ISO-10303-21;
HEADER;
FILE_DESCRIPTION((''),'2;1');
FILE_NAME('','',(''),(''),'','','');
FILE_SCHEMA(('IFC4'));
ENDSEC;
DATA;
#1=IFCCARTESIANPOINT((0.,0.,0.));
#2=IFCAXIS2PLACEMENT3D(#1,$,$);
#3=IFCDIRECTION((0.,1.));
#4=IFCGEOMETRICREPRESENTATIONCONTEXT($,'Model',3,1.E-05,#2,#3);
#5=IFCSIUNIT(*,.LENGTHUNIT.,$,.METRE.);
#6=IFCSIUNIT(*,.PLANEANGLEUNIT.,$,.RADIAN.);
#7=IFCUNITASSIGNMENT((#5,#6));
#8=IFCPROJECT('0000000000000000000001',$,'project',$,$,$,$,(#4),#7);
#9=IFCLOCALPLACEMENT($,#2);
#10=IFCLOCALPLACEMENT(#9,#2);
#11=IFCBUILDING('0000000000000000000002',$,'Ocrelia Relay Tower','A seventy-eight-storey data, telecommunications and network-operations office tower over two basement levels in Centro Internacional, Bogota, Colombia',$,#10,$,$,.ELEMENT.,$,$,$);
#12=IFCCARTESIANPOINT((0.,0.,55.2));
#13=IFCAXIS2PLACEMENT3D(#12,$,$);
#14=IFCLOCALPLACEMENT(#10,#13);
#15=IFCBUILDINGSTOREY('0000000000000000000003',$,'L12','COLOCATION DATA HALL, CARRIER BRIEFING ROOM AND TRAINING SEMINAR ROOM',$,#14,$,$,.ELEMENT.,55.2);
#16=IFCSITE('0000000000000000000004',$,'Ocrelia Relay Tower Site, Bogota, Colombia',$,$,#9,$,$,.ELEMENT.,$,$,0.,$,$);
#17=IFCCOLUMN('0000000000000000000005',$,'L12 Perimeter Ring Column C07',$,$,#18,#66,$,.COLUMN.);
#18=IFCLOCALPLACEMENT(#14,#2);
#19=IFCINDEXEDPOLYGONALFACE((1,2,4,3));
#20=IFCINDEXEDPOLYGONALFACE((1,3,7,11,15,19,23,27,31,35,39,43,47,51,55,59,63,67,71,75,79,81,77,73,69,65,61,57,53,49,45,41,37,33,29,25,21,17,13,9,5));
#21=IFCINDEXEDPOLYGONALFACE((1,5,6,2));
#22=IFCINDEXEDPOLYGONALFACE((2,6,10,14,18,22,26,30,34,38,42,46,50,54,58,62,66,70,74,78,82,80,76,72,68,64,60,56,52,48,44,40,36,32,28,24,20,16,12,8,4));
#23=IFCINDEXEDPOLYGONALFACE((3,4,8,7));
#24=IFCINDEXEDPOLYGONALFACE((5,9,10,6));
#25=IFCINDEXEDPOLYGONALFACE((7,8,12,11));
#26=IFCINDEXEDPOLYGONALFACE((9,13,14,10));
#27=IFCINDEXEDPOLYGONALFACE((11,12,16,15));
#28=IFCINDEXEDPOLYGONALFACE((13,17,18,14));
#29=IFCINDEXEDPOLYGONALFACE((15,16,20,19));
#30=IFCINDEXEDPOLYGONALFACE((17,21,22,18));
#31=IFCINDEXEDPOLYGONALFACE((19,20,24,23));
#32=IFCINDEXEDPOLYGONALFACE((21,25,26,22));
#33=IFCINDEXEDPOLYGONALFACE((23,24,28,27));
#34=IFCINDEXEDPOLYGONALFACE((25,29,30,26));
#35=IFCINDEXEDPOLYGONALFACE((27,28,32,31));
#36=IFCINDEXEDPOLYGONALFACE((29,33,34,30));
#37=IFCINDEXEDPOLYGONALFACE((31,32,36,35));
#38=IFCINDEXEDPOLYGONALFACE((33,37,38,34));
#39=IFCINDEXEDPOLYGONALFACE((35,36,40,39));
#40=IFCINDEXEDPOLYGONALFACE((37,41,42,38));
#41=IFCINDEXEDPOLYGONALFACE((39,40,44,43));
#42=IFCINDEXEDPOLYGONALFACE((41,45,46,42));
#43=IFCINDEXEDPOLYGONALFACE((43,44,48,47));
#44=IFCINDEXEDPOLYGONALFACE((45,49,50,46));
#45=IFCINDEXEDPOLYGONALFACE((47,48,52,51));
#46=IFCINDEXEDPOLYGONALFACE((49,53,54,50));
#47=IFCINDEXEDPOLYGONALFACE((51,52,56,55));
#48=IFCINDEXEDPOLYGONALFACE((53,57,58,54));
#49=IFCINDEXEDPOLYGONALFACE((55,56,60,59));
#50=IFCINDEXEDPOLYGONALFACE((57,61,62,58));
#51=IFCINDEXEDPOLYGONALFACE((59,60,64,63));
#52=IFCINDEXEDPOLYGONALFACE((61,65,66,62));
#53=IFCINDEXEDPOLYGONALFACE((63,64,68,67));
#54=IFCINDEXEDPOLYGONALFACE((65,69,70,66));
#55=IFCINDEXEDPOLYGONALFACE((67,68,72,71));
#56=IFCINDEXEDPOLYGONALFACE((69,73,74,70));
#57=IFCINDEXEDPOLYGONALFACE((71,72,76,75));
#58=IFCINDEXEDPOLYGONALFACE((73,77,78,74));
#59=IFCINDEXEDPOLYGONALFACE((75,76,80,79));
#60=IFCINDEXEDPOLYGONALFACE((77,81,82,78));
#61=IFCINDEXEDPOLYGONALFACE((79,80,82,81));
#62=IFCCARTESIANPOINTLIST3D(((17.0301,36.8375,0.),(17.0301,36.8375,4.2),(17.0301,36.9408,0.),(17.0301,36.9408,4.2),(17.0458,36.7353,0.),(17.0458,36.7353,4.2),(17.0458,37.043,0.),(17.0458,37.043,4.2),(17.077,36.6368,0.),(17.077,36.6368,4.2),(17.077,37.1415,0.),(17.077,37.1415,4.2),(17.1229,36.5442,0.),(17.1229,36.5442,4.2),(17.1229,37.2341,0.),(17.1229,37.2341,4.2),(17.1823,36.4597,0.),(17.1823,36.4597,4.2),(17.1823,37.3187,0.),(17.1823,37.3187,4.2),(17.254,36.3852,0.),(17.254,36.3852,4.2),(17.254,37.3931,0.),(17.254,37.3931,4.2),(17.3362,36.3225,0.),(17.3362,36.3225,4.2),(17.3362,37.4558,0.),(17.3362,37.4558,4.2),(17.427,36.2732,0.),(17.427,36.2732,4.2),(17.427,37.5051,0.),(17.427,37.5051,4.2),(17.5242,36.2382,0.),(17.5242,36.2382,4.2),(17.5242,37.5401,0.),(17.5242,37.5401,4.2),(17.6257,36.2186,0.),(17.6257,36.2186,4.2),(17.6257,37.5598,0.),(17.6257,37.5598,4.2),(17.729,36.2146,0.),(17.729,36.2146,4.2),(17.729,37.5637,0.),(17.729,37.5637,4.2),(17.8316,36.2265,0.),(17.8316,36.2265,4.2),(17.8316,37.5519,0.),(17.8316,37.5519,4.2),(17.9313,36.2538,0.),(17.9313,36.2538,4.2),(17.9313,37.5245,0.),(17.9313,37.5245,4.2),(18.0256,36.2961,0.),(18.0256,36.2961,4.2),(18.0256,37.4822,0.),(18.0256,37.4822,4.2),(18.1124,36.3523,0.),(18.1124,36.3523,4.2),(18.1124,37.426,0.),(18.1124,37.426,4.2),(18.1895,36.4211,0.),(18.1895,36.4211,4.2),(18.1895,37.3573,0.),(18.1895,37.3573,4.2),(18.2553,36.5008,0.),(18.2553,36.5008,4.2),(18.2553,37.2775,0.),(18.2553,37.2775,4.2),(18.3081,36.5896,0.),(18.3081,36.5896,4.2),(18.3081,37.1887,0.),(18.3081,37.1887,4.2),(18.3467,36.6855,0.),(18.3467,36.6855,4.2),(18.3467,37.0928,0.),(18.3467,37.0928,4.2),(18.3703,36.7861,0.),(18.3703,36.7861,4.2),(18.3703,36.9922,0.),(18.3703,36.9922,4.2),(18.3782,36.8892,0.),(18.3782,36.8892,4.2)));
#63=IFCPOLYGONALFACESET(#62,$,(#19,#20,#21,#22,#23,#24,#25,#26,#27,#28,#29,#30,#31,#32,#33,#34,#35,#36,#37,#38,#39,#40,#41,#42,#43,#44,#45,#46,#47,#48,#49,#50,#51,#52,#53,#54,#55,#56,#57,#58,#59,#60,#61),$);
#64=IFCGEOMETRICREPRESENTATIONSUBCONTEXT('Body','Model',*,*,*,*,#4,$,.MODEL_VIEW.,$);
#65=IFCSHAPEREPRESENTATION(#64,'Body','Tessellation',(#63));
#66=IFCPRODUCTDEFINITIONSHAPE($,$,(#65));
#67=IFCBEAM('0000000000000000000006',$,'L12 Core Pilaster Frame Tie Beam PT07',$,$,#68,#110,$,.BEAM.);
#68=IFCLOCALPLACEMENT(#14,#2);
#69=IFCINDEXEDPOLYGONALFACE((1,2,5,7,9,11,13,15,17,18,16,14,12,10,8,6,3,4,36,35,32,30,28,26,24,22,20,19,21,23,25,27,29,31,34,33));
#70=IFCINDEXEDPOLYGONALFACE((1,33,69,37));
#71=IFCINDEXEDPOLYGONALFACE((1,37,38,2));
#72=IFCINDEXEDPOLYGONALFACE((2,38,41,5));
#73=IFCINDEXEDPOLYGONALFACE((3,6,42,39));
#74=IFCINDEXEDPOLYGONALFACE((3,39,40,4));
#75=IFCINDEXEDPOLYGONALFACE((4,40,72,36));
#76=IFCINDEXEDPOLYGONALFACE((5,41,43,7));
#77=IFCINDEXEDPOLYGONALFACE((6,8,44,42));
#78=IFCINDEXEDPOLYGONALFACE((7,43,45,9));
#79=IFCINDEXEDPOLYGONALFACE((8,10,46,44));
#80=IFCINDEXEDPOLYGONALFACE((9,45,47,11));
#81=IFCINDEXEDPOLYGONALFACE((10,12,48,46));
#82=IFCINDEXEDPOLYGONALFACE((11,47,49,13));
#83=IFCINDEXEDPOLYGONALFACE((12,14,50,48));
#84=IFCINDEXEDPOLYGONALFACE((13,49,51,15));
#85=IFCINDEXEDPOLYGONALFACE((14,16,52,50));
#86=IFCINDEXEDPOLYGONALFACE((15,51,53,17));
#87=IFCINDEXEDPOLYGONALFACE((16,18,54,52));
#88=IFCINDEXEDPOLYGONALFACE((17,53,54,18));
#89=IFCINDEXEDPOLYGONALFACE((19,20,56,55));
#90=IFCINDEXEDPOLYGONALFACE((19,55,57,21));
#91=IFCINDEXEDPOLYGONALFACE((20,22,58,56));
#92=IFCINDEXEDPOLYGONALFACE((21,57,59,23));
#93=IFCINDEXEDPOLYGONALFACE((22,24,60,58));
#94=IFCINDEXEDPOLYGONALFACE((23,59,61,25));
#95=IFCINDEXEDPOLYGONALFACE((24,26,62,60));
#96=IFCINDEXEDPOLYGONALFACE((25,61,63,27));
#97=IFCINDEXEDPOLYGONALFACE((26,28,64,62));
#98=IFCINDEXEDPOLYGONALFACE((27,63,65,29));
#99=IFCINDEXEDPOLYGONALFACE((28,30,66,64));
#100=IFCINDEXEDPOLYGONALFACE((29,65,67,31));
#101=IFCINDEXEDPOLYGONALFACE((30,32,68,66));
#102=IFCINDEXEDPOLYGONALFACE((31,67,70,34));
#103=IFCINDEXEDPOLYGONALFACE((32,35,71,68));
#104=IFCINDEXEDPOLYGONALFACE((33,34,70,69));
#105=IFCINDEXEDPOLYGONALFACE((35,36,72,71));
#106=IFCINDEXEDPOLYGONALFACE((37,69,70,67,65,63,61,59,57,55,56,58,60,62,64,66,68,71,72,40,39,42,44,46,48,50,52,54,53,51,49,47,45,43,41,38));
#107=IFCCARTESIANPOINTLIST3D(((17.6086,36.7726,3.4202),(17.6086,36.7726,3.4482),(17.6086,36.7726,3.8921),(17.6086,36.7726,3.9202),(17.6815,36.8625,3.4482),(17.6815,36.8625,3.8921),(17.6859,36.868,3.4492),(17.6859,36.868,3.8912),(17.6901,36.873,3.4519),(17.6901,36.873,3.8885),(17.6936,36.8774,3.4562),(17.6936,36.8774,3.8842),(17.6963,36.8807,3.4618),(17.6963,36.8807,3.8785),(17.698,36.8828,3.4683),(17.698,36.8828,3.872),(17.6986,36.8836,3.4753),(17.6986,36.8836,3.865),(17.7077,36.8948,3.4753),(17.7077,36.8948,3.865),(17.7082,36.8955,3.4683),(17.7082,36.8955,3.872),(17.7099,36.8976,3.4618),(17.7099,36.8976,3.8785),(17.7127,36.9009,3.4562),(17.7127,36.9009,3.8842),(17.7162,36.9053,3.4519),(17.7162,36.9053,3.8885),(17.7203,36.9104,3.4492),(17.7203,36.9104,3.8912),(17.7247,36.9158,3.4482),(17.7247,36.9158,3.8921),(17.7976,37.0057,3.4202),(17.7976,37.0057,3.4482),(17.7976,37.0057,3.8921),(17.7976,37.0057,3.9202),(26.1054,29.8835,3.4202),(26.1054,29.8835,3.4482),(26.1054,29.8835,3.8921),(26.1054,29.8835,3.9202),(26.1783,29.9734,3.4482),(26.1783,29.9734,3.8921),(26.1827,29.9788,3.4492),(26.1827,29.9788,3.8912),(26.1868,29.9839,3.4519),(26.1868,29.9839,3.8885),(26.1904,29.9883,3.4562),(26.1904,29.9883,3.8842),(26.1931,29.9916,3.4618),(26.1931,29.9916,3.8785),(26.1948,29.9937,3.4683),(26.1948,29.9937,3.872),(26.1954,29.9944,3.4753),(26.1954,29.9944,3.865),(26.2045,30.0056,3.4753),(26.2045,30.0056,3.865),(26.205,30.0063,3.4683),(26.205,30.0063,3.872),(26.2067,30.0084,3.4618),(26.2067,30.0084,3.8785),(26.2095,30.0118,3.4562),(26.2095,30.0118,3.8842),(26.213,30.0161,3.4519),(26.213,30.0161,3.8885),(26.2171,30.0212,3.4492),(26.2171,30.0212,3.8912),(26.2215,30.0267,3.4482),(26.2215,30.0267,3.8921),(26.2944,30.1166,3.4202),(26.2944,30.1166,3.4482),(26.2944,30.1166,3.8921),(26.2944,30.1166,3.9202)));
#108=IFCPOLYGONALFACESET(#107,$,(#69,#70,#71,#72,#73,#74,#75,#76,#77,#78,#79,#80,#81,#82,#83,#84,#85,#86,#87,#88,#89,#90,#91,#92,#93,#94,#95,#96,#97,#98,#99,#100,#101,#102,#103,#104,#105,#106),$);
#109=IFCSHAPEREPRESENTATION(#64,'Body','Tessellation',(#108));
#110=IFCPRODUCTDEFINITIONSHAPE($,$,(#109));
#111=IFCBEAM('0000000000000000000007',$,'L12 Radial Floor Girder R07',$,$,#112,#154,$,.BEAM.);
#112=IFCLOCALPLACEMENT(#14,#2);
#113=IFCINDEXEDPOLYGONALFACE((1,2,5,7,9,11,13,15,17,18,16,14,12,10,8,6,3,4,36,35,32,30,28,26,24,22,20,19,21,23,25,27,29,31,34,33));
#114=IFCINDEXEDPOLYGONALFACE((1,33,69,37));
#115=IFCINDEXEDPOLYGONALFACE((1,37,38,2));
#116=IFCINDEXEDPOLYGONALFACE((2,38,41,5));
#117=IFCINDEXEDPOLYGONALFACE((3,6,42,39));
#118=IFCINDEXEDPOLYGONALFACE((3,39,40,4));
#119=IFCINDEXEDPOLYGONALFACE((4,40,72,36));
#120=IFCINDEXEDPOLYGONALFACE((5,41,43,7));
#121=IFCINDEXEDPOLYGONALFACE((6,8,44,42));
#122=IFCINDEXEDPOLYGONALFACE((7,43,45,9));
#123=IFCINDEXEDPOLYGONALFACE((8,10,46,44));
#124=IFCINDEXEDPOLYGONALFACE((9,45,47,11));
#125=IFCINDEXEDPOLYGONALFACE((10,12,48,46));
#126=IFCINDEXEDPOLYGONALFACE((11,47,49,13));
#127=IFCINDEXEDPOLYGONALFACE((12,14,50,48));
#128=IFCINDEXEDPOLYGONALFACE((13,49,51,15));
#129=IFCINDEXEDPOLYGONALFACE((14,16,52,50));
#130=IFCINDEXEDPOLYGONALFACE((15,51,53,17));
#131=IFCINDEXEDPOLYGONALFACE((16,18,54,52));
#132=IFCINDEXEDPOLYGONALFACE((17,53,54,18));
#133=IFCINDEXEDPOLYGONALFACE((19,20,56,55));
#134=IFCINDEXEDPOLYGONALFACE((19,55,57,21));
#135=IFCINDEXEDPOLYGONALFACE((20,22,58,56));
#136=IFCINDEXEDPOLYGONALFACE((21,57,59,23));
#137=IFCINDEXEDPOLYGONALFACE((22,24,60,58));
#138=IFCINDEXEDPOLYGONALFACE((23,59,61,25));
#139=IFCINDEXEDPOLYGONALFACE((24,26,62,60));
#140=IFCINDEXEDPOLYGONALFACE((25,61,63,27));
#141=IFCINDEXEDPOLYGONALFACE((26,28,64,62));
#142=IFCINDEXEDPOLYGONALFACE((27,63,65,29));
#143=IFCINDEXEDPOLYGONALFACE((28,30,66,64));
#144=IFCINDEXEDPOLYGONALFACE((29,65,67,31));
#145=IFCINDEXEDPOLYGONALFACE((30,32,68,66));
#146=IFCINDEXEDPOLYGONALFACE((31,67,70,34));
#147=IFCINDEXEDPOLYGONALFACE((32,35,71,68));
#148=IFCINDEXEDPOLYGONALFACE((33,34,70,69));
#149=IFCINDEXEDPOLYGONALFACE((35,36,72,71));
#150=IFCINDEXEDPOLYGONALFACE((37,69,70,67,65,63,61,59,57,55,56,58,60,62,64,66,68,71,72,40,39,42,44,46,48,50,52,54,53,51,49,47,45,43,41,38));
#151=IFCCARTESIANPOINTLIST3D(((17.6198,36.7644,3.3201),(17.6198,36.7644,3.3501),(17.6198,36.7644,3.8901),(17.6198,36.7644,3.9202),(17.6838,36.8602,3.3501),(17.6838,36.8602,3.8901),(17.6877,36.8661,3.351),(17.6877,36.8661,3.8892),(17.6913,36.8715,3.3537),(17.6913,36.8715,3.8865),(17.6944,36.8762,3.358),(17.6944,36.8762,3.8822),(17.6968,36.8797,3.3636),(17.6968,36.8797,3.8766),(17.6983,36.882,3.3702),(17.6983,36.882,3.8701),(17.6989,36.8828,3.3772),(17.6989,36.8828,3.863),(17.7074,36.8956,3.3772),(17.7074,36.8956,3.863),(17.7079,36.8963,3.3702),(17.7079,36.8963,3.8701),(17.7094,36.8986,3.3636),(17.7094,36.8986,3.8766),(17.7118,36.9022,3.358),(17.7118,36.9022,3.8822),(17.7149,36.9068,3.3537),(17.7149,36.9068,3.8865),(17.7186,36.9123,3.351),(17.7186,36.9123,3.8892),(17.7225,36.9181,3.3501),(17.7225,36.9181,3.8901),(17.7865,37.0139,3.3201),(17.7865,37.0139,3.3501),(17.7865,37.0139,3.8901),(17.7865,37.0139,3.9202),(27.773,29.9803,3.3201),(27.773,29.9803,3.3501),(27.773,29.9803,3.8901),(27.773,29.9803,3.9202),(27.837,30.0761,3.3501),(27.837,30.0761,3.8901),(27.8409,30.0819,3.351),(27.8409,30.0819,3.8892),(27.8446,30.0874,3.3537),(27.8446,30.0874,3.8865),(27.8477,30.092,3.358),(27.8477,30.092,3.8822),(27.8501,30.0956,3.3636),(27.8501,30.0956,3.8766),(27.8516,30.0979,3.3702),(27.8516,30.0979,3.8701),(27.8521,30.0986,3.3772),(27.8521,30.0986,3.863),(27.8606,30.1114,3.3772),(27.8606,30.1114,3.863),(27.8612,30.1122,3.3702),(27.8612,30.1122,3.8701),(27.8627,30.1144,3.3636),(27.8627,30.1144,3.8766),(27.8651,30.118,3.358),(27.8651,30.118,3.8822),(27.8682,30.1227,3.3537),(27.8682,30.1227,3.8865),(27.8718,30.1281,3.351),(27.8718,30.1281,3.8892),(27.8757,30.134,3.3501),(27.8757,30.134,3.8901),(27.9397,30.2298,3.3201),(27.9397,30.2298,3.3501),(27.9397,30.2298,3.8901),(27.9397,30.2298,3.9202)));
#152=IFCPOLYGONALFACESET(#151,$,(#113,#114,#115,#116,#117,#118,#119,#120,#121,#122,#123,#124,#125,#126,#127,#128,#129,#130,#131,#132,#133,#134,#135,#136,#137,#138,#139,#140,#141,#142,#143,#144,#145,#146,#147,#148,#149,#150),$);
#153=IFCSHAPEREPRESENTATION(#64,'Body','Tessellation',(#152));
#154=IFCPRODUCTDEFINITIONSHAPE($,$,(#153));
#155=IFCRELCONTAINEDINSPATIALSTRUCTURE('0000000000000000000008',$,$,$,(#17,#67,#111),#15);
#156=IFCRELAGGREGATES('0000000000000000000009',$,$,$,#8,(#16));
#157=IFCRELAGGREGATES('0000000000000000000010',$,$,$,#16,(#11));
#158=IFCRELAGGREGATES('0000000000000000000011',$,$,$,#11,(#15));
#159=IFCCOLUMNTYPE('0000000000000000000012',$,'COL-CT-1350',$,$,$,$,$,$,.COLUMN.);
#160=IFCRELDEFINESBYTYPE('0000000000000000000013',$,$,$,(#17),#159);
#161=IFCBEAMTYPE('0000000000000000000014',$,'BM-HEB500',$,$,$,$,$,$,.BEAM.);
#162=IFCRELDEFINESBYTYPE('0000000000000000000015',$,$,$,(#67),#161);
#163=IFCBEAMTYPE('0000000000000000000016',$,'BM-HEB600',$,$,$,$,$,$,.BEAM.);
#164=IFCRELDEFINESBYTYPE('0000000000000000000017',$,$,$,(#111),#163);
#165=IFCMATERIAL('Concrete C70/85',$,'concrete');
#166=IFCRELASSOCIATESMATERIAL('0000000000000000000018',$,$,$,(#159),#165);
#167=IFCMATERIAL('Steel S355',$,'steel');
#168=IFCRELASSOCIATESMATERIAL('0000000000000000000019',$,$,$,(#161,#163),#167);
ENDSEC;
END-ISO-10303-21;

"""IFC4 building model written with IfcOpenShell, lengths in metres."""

from ifc_helpers import new_model, si_unit, direction, frame, origin, origin_2d, place, context, subcontext, project, spatial, circle, i_section, extrude, material, material_profile, profile_set, type_object, element, save


model = new_model("IFC4")

# Units and contexts
model_context = context("Model", 3, precision=1e-05, world=origin(), true_north=direction((0.0, 1.0)))
body_context = subcontext(model_context, "Body", "Model", "MODEL_VIEW")
ifc_project = project(units=[si_unit("LENGTHUNIT", "METRE"), si_unit("PLANEANGLEUNIT", "RADIAN")], contexts=[model_context])

# Site, building, storey
site_placement = place(None, origin())
site = spatial("IfcSite", under=ifc_project, at=site_placement, Name="Ocrelia Relay Tower Site, Bogota, Colombia", CompositionType="ELEMENT", RefElevation=0.0)
building_placement = place(site_placement, origin())
building = spatial("IfcBuilding", under=site, at=building_placement, Name="Ocrelia Relay Tower", Description="A seventy-eight-storey data, telecommunications and network-operations office tower over two basement levels in Centro Internacional, Bogota, Colombia", CompositionType="ELEMENT")
storey_placement = place(building_placement, frame((0.0, 0.0, 55.2)))
storey = spatial("IfcBuildingStorey", under=building, at=storey_placement, Name="L12", Description="COLOCATION DATA HALL, CARRIER BRIEFING ROOM AND TRAINING SEMINAR ROOM", CompositionType="ELEMENT", Elevation=55.2)

# Column
ifc_material_1 = material(Name="Concrete C70/85", Category="concrete")
ifc_material_profile_1 = material_profile(ifc_material_1, circle(Radius=0.675, at=origin_2d()), Name="RC-CIR-1350")
ifc_profile_set_1 = profile_set([ifc_material_profile_1], Name="Concrete C70/85")
column_type = type_object("IfcColumnType", Name="COL-CT-1350", PredefinedType="COLUMN", material=ifc_profile_set_1)
column_placement = place(storey_placement, frame((17.7031, 36.8892, 0.0), z_axis=(0.0, 0.0, 1.0), x_axis=(1.0, 0.0, 0.0)))
element("IfcColumn", 1, at=column_placement, inside=storey, type_object=column_type, Name="L12 Perimeter Ring Column C07", PredefinedType="COLUMN", context=body_context, shape_type="SweptSolid", body=[
    extrude(circle(Radius=0.675, at=origin_2d()), origin(), (0.0, 0.0, 1.0), 4.2),
])

# Beams
ifc_material_2 = material(Name="Steel S355", Category="steel")
ifc_material_profile_2 = material_profile(ifc_material_2, i_section(OverallWidth=0.3, OverallDepth=0.5, WebThickness=0.0144, FlangeThickness=0.0281, FilletRadius=0.0271, at=origin_2d()), Name="HEB 500")
ifc_profile_set_2 = profile_set([ifc_material_profile_2], Name="Steel S355")
beam_type_1 = type_object("IfcBeamType", Name="BM-HEB500", PredefinedType="BEAM", material=ifc_profile_set_2)
beam_1_placement = place(storey_placement, frame((17.7031, 36.8892, 3.6702), z_axis=(0.776763, -0.629793, 0.0), x_axis=(0.629793, 0.776763, 0.0)))
element("IfcBeam", 2, at=beam_1_placement, inside=storey, type_object=beam_type_1, Name="L12 Core Pilaster Frame Tie Beam PT07", PredefinedType="BEAM", context=body_context, shape_type="SweptSolid", body=[
    extrude(i_section(OverallWidth=0.3, OverallDepth=0.5, WebThickness=0.0144, FlangeThickness=0.0281, FilletRadius=0.0271, at=origin_2d()), origin(), (0.0, 0.0, 1.0), 10.9387),
])
ifc_material_profile_3 = material_profile(ifc_material_2, i_section(OverallWidth=0.3, OverallDepth=0.6001, WebThickness=0.0154, FlangeThickness=0.03, FilletRadius=0.0271, at=origin_2d()), Name="HEB 600")
ifc_profile_set_3 = profile_set([ifc_material_profile_3], Name="Steel S355")
beam_type_2 = type_object("IfcBeamType", Name="BM-HEB600", PredefinedType="BEAM", material=ifc_profile_set_3)
beam_2_placement = place(storey_placement, frame((17.7031, 36.8892, 3.6201), z_axis=(0.831472, -0.555567, 0.0), x_axis=(0.555567, 0.831472, 0.0)))
element("IfcBeam", 3, at=beam_2_placement, inside=storey, type_object=beam_type_2, Name="L12 Radial Floor Girder R07", PredefinedType="BEAM", context=body_context, shape_type="SweptSolid", body=[
    extrude(i_section(OverallWidth=0.3, OverallDepth=0.6001, WebThickness=0.0154, FlangeThickness=0.03, FilletRadius=0.0271, at=origin_2d()), origin(), (0.0, 0.0, 1.0), 12.2112),
])

save(model, "model.ifc")
